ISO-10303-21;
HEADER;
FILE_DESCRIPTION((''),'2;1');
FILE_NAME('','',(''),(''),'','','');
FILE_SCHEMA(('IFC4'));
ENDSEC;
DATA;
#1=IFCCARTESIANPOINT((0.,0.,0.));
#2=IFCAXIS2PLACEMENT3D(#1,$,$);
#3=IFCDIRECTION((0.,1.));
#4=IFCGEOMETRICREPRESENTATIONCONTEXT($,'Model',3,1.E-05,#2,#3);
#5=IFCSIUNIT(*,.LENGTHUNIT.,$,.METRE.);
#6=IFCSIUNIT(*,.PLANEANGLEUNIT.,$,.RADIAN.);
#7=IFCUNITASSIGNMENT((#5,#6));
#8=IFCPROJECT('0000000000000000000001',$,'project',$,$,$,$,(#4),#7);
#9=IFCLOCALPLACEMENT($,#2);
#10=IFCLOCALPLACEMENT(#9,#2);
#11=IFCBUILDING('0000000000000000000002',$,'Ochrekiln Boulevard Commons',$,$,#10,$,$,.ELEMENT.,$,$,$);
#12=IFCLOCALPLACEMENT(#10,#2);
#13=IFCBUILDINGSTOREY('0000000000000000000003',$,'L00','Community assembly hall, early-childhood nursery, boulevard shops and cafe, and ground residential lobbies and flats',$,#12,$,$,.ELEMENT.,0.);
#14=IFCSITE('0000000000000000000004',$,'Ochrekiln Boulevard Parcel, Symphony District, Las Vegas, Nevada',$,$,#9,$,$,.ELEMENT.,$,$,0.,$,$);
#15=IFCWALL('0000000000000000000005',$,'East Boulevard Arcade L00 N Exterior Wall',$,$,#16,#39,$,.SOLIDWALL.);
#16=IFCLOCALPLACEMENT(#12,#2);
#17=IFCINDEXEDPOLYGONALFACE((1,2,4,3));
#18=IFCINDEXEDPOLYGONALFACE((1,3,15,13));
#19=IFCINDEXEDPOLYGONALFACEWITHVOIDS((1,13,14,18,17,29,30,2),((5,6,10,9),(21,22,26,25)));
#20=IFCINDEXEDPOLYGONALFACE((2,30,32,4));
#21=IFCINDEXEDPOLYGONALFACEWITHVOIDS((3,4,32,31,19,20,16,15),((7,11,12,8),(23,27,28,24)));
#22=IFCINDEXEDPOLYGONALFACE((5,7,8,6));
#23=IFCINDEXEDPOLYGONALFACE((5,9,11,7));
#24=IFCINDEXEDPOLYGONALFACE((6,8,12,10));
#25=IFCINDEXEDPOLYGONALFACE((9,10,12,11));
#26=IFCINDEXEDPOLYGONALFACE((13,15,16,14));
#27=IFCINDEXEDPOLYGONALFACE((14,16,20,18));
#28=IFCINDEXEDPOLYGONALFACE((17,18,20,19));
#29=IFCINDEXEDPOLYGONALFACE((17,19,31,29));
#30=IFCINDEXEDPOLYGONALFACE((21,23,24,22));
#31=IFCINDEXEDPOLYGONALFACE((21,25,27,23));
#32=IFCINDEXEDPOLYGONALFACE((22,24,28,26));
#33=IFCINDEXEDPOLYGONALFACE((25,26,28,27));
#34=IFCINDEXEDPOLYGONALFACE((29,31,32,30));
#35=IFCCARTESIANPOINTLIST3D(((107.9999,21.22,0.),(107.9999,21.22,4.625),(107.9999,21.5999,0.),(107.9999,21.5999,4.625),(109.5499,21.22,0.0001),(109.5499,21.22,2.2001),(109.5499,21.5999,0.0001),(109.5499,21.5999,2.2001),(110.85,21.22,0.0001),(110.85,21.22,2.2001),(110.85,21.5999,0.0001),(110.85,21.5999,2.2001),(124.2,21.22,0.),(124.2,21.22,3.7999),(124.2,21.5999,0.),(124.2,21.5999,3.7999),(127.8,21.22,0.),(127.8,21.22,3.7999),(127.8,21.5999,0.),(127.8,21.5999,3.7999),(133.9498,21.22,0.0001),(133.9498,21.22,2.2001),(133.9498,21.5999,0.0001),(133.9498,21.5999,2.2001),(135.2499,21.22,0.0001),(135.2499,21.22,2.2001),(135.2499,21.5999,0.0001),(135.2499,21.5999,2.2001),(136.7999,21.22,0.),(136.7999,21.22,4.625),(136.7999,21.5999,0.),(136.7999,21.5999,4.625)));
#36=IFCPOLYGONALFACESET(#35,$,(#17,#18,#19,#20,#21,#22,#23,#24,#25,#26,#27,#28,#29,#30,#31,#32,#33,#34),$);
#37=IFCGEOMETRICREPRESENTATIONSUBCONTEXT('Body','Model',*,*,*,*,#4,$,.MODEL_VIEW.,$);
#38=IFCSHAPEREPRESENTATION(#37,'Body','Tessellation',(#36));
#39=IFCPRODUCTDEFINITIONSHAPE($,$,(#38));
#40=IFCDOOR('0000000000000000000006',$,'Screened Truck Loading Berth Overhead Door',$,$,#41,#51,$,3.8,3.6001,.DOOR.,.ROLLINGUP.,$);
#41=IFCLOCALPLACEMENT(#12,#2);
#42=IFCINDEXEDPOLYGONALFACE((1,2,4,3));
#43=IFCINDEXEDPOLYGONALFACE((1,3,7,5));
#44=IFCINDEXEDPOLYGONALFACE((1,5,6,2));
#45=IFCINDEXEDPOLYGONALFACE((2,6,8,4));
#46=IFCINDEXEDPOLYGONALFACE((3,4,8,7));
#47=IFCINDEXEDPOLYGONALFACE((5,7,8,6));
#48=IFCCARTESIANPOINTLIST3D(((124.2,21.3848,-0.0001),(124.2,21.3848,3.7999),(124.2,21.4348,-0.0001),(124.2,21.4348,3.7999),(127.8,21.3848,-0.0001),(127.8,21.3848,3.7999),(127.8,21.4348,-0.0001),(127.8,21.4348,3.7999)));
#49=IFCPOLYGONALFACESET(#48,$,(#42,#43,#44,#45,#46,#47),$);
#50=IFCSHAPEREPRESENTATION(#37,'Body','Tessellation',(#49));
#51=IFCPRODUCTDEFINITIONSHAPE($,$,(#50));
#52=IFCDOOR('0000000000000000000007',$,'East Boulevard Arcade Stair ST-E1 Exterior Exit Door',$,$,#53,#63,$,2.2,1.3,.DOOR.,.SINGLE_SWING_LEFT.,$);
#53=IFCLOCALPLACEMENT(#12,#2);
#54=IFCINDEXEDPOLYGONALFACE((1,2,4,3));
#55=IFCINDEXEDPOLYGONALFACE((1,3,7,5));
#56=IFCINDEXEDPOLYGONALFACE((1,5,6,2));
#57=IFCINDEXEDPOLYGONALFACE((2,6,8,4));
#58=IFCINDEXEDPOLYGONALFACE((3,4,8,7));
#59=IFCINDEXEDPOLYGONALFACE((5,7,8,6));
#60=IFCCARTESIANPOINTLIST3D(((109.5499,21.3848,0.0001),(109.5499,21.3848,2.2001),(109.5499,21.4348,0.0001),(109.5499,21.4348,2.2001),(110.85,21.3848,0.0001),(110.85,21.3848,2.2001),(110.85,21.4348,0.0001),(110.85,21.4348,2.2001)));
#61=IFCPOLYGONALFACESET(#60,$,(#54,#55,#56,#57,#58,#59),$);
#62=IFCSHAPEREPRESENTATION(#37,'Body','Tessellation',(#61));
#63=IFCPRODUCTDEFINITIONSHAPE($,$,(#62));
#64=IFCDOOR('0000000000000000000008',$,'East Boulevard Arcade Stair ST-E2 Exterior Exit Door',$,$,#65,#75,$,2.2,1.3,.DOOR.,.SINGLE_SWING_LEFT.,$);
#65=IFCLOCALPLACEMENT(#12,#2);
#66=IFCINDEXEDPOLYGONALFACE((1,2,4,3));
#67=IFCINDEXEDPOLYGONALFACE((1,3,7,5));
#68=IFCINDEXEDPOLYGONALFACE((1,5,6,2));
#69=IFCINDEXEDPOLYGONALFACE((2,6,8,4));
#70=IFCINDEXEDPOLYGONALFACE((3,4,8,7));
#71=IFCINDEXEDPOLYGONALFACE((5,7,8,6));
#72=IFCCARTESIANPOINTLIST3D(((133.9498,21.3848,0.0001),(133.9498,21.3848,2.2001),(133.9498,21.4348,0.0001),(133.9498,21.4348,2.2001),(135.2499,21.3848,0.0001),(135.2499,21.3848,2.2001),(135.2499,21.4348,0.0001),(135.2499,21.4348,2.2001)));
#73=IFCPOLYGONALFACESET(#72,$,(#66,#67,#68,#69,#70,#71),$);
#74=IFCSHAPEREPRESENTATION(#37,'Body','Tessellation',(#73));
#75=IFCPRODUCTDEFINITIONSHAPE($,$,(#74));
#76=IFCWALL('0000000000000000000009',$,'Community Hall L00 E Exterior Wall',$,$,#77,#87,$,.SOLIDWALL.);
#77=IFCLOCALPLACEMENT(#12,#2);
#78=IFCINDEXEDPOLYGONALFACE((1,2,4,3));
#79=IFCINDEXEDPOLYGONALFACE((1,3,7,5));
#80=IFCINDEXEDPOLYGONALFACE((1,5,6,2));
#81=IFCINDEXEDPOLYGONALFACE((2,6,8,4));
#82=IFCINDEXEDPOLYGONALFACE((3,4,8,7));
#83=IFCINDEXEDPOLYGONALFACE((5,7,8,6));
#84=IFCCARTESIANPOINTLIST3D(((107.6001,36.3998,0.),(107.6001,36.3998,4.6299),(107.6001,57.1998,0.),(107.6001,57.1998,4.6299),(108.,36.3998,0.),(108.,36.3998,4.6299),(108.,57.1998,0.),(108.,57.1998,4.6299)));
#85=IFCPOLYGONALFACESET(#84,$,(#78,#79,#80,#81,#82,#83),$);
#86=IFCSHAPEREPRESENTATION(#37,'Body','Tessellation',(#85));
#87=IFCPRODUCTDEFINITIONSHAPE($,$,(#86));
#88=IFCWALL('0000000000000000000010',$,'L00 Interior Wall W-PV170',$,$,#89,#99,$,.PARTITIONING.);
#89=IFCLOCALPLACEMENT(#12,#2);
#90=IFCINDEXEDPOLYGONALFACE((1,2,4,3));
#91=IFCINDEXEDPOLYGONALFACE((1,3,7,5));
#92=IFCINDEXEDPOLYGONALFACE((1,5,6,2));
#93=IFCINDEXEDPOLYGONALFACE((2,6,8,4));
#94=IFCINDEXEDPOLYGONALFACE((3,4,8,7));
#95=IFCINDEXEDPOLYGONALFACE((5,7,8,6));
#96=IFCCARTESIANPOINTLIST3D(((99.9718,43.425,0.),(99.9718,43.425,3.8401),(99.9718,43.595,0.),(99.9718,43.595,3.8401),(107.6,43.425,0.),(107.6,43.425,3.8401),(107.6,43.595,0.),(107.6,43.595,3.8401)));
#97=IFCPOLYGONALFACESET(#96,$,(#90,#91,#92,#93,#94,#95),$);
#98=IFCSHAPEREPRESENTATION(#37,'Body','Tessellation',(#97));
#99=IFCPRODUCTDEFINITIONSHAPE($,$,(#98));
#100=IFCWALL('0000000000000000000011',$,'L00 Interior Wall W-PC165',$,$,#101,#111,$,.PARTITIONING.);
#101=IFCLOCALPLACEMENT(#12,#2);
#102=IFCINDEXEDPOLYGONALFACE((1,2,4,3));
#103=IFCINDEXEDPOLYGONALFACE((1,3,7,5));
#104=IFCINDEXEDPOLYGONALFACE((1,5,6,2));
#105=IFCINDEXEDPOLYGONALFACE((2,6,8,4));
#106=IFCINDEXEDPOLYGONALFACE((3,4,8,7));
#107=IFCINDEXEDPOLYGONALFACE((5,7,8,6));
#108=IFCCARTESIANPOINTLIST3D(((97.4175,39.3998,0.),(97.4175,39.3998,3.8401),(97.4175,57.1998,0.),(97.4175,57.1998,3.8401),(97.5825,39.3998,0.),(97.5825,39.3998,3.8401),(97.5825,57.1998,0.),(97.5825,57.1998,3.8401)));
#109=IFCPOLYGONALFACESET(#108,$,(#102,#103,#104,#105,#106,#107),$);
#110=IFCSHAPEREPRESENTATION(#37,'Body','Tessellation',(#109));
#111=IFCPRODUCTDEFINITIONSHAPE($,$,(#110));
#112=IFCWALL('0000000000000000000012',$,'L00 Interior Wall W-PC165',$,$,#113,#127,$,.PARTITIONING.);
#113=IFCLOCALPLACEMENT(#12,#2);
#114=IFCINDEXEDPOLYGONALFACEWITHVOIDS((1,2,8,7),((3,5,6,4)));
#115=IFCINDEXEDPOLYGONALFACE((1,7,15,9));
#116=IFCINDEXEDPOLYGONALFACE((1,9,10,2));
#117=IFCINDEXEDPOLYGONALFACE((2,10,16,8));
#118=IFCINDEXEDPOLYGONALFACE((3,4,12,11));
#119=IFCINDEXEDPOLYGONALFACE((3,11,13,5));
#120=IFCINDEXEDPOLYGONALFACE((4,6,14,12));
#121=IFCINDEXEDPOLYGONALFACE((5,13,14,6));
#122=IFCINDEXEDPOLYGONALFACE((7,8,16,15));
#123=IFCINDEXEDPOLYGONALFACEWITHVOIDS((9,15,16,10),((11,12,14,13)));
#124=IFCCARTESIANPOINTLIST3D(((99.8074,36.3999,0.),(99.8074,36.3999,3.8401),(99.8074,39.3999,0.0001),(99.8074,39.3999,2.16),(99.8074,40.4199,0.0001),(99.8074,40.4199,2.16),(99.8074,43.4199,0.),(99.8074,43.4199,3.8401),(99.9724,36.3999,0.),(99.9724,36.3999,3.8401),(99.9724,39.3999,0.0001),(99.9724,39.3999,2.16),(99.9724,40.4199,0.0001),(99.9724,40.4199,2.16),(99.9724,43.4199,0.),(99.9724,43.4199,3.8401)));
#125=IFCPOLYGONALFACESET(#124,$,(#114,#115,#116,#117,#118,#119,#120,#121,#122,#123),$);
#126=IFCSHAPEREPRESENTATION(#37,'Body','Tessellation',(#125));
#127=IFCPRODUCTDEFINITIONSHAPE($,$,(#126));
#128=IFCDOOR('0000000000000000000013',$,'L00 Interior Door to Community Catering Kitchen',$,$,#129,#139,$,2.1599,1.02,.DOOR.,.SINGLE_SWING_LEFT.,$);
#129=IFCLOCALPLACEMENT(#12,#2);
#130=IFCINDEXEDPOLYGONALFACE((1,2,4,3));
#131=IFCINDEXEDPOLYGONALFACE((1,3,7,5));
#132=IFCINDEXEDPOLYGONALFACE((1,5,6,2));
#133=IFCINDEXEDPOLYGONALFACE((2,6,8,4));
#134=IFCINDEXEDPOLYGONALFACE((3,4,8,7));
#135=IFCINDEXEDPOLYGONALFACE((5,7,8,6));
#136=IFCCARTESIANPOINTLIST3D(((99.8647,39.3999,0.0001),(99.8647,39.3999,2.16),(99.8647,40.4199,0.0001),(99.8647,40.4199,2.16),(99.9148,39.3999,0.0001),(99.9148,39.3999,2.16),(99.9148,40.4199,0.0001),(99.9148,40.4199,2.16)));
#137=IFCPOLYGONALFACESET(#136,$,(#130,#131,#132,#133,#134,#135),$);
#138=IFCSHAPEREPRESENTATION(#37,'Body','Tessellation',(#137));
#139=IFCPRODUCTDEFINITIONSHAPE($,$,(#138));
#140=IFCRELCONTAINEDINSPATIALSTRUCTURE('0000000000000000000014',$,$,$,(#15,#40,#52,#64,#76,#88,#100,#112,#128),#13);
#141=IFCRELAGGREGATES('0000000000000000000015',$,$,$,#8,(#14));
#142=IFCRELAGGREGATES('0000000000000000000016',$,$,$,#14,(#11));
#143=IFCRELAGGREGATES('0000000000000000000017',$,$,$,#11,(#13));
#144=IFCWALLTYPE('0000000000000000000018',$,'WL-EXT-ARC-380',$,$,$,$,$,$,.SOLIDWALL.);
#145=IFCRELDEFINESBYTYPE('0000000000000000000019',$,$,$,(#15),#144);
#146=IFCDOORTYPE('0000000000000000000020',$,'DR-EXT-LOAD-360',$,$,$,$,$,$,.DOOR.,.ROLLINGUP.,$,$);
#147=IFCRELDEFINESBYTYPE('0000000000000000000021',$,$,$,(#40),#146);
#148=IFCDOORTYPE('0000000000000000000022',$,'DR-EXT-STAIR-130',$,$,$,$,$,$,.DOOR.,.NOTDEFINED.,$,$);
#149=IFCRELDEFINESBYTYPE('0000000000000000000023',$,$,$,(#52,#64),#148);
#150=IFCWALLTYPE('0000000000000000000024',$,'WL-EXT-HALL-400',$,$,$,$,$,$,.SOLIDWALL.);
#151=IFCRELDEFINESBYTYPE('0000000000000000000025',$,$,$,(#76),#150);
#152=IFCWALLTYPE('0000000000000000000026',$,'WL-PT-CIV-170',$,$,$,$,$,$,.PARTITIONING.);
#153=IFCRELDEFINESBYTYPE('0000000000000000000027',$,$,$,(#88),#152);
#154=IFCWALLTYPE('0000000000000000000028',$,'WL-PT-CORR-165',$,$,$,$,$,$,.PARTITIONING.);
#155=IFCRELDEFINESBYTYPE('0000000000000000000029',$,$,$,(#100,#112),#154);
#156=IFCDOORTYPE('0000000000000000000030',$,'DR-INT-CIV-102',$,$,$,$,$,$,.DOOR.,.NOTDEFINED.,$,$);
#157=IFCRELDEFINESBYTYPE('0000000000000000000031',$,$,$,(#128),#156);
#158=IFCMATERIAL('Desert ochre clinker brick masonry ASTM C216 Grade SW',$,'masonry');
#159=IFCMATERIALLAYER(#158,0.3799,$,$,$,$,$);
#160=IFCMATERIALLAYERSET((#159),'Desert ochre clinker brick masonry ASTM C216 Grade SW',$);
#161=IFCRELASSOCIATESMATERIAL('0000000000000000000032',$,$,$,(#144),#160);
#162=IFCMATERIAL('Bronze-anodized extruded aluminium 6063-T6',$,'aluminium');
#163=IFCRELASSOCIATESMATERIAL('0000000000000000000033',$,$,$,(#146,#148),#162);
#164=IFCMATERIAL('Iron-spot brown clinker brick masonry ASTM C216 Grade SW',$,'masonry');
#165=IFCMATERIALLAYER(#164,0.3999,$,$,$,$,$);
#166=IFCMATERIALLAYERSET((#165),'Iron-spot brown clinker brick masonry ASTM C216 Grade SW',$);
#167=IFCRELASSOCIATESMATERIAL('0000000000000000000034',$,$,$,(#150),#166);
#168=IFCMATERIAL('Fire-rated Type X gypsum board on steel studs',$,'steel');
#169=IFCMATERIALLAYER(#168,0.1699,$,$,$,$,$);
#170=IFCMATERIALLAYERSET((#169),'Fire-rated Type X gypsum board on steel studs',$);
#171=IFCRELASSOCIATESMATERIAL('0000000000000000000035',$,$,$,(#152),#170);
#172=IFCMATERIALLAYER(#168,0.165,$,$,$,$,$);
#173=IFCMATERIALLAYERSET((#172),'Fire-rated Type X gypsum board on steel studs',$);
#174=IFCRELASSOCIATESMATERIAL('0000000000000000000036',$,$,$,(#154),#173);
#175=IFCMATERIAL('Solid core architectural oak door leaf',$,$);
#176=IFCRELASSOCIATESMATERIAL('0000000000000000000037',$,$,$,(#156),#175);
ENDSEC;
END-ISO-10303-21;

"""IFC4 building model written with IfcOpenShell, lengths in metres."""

from ifc_helpers import new_model, si_unit, direction, frame, frame_2d, origin, place, context, subcontext, project, spatial, rectangle, extrude, material, layer, layer_set, type_object, element, fill, save


model = new_model("IFC4")

# Units and contexts
model_context = context("Model", 3, precision=1e-05, world=origin(), true_north=direction((0.0, 1.0)))
body_context = subcontext(model_context, "Body", "Model", "MODEL_VIEW")
ifc_project = project(units=[si_unit("LENGTHUNIT", "METRE"), si_unit("PLANEANGLEUNIT", "RADIAN")], contexts=[model_context])

# Site, building, storey
site_placement = place(None, origin())
site = spatial("IfcSite", under=ifc_project, at=site_placement, Name="Ochrekiln Boulevard Parcel, Symphony District, Las Vegas, Nevada", CompositionType="ELEMENT", RefElevation=0.0)
building_placement = place(site_placement, origin())
building = spatial("IfcBuilding", under=site, at=building_placement, Name="Ochrekiln Boulevard Commons", CompositionType="ELEMENT")
storey_placement = place(building_placement, origin())
storey = spatial("IfcBuildingStorey", under=building, at=storey_placement, Name="L00", Description="Community assembly hall, early-childhood nursery, boulevard shops and cafe, and ground residential lobbies and flats", CompositionType="ELEMENT", Elevation=0.0)

# Wall, openings, doors
ifc_material_1 = material(Name="Desert ochre clinker brick masonry ASTM C216 Grade SW", Category="masonry")
ifc_layer_1 = layer(ifc_material_1, 0.3799)
ifc_layer_set_1 = layer_set([ifc_layer_1], Name="Desert ochre clinker brick masonry ASTM C216 Grade SW")
wall_type_1 = type_object("IfcWallType", Name="WL-EXT-ARC-380", PredefinedType="SOLIDWALL", material=ifc_layer_set_1)
wall_1_placement = place(storey_placement, frame((108.0, 21.4099, 0.0), z_axis=(0.0, 0.0, 1.0), x_axis=(1.0, 0.0, 0.0)))
wall_1 = element("IfcWall", 1, at=wall_1_placement, inside=storey, type_object=wall_type_1, Name="East Boulevard Arcade L00 N Exterior Wall", PredefinedType="SOLIDWALL", context=body_context, shape_type="SweptSolid", body=[
    extrude(rectangle(XDim=28.8, YDim=0.3799, at=frame_2d((14.3999, 0.0))), origin(), (0.0, 0.0, 1.0), 4.625),
])
opening_1_placement = place(wall_1_placement, frame((1.55, 0.0, 0.0)))
opening_1 = element("IfcOpeningElement", 2, at=opening_1_placement, cuts=wall_1, PredefinedType="OPENING", context=body_context, shape_type="SweptSolid", body=[
    extrude(rectangle(XDim=1.3, YDim=2.2, at=frame_2d((0.6499, 1.1001))), frame((0.0, 0.2, 0.0), z_axis=(0.0, -1.0, 0.0), x_axis=(1.0, 0.0, 0.0)), (0.0, 0.0, 1.0), 0.3999),
])
opening_2_placement = place(wall_1_placement, frame((25.95, 0.0, 0.0)))
opening_2 = element("IfcOpeningElement", 3, at=opening_2_placement, cuts=wall_1, PredefinedType="OPENING", context=body_context, shape_type="SweptSolid", body=[
    extrude(rectangle(XDim=1.3, YDim=2.2, at=frame_2d((0.6499, 1.1001))), frame((0.0, 0.2, 0.0), z_axis=(0.0, -1.0, 0.0), x_axis=(1.0, 0.0, 0.0)), (0.0, 0.0, 1.0), 0.3999),
])
opening_3_placement = place(wall_1_placement, frame((16.2, 0.0, 0.0)))
opening_3 = element("IfcOpeningElement", 4, at=opening_3_placement, cuts=wall_1, PredefinedType="OPENING", context=body_context, shape_type="SweptSolid", body=[
    extrude(rectangle(XDim=3.6001, YDim=3.8, at=frame_2d((1.8, 1.8999))), frame((0.0, 0.2, 0.0), z_axis=(0.0, -1.0, 0.0), x_axis=(1.0, 0.0, 0.0)), (0.0, 0.0, 1.0), 0.3999),
])
ifc_material_2 = material(Name="Bronze-anodized extruded aluminium 6063-T6", Category="aluminium")
door_type_1 = type_object("IfcDoorType", Name="DR-EXT-LOAD-360", OperationType="ROLLINGUP", PredefinedType="DOOR", material=ifc_material_2)
door_1_placement = place(opening_3_placement, origin())
door_1 = element("IfcDoor", 5, at=door_1_placement, inside=storey, type_object=door_type_1, Name="Screened Truck Loading Berth Overhead Door", OperationType="ROLLINGUP", OverallHeight=3.8, OverallWidth=3.6001, PredefinedType="DOOR", context=body_context, shape_type="SweptSolid", body=[
    extrude(rectangle(XDim=3.6001, YDim=3.8, at=frame_2d((1.8, 1.8999))), frame((0.0, 0.0249, 0.0), z_axis=(0.0, -1.0, 0.0), x_axis=(1.0, 0.0, 0.0)), (0.0, 0.0, 1.0), 0.05),
])
fill(opening_3, door_1)
door_type_2 = type_object("IfcDoorType", Name="DR-EXT-STAIR-130", OperationType="NOTDEFINED", PredefinedType="DOOR", material=ifc_material_2)
door_2_placement = place(opening_1_placement, origin())
door_2 = element("IfcDoor", 6, at=door_2_placement, inside=storey, type_object=door_type_2, Name="East Boulevard Arcade Stair ST-E1 Exterior Exit Door", OperationType="SINGLE_SWING_LEFT", OverallHeight=2.2, OverallWidth=1.3, PredefinedType="DOOR", context=body_context, shape_type="SweptSolid", body=[
    extrude(rectangle(XDim=1.3, YDim=2.2, at=frame_2d((0.6499, 1.1001))), frame((0.0, 0.0249, 0.0), z_axis=(0.0, -1.0, 0.0), x_axis=(1.0, 0.0, 0.0)), (0.0, 0.0, 1.0), 0.05),
])
fill(opening_1, door_2)
door_3_placement = place(opening_2_placement, origin())
door_3 = element("IfcDoor", 7, at=door_3_placement, inside=storey, type_object=door_type_2, Name="East Boulevard Arcade Stair ST-E2 Exterior Exit Door", OperationType="SINGLE_SWING_LEFT", OverallHeight=2.2, OverallWidth=1.3, PredefinedType="DOOR", context=body_context, shape_type="SweptSolid", body=[
    extrude(rectangle(XDim=1.3, YDim=2.2, at=frame_2d((0.6499, 1.1001))), frame((0.0, 0.0249, 0.0), z_axis=(0.0, -1.0, 0.0), x_axis=(1.0, 0.0, 0.0)), (0.0, 0.0, 1.0), 0.05),
])
fill(opening_2, door_3)

# Walls
ifc_material_3 = material(Name="Iron-spot brown clinker brick masonry ASTM C216 Grade SW", Category="masonry")
ifc_layer_2 = layer(ifc_material_3, 0.3999)
ifc_layer_set_2 = layer_set([ifc_layer_2], Name="Iron-spot brown clinker brick masonry ASTM C216 Grade SW")
wall_type_2 = type_object("IfcWallType", Name="WL-EXT-HALL-400", PredefinedType="SOLIDWALL", material=ifc_layer_set_2)
wall_2_placement = place(storey_placement, frame((107.8, 36.3999, 0.0), z_axis=(0.0, 0.0, 1.0), x_axis=(0.0, 1.0, 0.0)))
element("IfcWall", 8, at=wall_2_placement, inside=storey, type_object=wall_type_2, Name="Community Hall L00 E Exterior Wall", PredefinedType="SOLIDWALL", context=body_context, shape_type="SweptSolid", body=[
    extrude(rectangle(XDim=20.8, YDim=0.3999, at=frame_2d((10.3999, 0.0))), origin(), (0.0, 0.0, 1.0), 4.6299),
])
ifc_material_4 = material(Name="Fire-rated Type X gypsum board on steel studs", Category="steel")
ifc_layer_3 = layer(ifc_material_4, 0.1699)
ifc_layer_set_3 = layer_set([ifc_layer_3], Name="Fire-rated Type X gypsum board on steel studs")
wall_type_3 = type_object("IfcWallType", Name="WL-PT-CIV-170", PredefinedType="PARTITIONING", material=ifc_layer_set_3)
wall_3_placement = place(storey_placement, frame((99.9719, 43.51, 0.0), z_axis=(0.0, 0.0, 1.0), x_axis=(1.0, 0.0, 0.0)))
element("IfcWall", 9, at=wall_3_placement, inside=storey, type_object=wall_type_3, Name="L00 Interior Wall W-PV170", PredefinedType="PARTITIONING", context=body_context, shape_type="SweptSolid", body=[
    extrude(rectangle(XDim=7.6282, YDim=0.1699, at=frame_2d((3.814, 0.0))), origin(), (0.0, 0.0, 1.0), 3.8401),
])
ifc_layer_4 = layer(ifc_material_4, 0.165)
ifc_layer_set_4 = layer_set([ifc_layer_4], Name="Fire-rated Type X gypsum board on steel studs")
wall_type_4 = type_object("IfcWallType", Name="WL-PT-CORR-165", PredefinedType="PARTITIONING", material=ifc_layer_set_4)
wall_4_placement = place(storey_placement, frame((97.5, 39.3999, 0.0), z_axis=(0.0, 0.0, 1.0), x_axis=(0.0, 1.0, 0.0)))
element("IfcWall", 10, at=wall_4_placement, inside=storey, type_object=wall_type_4, Name="L00 Interior Wall W-PC165", PredefinedType="PARTITIONING", context=body_context, shape_type="SweptSolid", body=[
    extrude(rectangle(XDim=17.8, YDim=0.165, at=frame_2d((8.8999, 0.0))), origin(), (0.0, 0.0, 1.0), 3.8401),
])

# Wall, opening, door
wall_5_placement = place(storey_placement, frame((99.8899, 36.3999, 0.0), z_axis=(0.0, 0.0, 1.0), x_axis=(0.0, 1.0, 0.0)))
wall_5 = element("IfcWall", 11, at=wall_5_placement, inside=storey, type_object=wall_type_4, Name="L00 Interior Wall W-PC165", PredefinedType="PARTITIONING", context=body_context, shape_type="SweptSolid", body=[
    extrude(rectangle(XDim=7.02, YDim=0.165, at=frame_2d((3.51, 0.0))), origin(), (0.0, 0.0, 1.0), 3.8401),
])
opening_4_placement = place(wall_5_placement, frame((3.0, 0.0, 0.0)))
opening_4 = element("IfcOpeningElement", 12, at=opening_4_placement, cuts=wall_5, PredefinedType="OPENING", context=body_context, shape_type="SweptSolid", body=[
    extrude(rectangle(XDim=1.02, YDim=2.1599, at=frame_2d((0.51, 1.0801))), frame((0.0, 0.0925, 0.0), z_axis=(0.0, -1.0, 0.0), x_axis=(1.0, 0.0, 0.0)), (0.0, 0.0, 1.0), 0.1851),
])
ifc_material_5 = material(Name="Solid core architectural oak door leaf")
door_type_3 = type_object("IfcDoorType", Name="DR-INT-CIV-102", OperationType="NOTDEFINED", PredefinedType="DOOR", material=ifc_material_5)
door_4_placement = place(opening_4_placement, frame((1.02, 0.0, 0.0), z_axis=(0.0, 0.0, 1.0), x_axis=(-1.0, 0.0, 0.0)))
door_4 = element("IfcDoor", 13, at=door_4_placement, inside=storey, type_object=door_type_3, Name="L00 Interior Door to Community Catering Kitchen", OperationType="SINGLE_SWING_LEFT", OverallHeight=2.1599, OverallWidth=1.02, PredefinedType="DOOR", context=body_context, shape_type="SweptSolid", body=[
    extrude(rectangle(XDim=1.02, YDim=2.1599, at=frame_2d((0.51, 1.0801))), frame((0.0, 0.0249, 0.0), z_axis=(0.0, -1.0, 0.0), x_axis=(1.0, 0.0, 0.0)), (0.0, 0.0, 1.0), 0.05),
])
fill(opening_4, door_4)

save(model, "model.ifc")
